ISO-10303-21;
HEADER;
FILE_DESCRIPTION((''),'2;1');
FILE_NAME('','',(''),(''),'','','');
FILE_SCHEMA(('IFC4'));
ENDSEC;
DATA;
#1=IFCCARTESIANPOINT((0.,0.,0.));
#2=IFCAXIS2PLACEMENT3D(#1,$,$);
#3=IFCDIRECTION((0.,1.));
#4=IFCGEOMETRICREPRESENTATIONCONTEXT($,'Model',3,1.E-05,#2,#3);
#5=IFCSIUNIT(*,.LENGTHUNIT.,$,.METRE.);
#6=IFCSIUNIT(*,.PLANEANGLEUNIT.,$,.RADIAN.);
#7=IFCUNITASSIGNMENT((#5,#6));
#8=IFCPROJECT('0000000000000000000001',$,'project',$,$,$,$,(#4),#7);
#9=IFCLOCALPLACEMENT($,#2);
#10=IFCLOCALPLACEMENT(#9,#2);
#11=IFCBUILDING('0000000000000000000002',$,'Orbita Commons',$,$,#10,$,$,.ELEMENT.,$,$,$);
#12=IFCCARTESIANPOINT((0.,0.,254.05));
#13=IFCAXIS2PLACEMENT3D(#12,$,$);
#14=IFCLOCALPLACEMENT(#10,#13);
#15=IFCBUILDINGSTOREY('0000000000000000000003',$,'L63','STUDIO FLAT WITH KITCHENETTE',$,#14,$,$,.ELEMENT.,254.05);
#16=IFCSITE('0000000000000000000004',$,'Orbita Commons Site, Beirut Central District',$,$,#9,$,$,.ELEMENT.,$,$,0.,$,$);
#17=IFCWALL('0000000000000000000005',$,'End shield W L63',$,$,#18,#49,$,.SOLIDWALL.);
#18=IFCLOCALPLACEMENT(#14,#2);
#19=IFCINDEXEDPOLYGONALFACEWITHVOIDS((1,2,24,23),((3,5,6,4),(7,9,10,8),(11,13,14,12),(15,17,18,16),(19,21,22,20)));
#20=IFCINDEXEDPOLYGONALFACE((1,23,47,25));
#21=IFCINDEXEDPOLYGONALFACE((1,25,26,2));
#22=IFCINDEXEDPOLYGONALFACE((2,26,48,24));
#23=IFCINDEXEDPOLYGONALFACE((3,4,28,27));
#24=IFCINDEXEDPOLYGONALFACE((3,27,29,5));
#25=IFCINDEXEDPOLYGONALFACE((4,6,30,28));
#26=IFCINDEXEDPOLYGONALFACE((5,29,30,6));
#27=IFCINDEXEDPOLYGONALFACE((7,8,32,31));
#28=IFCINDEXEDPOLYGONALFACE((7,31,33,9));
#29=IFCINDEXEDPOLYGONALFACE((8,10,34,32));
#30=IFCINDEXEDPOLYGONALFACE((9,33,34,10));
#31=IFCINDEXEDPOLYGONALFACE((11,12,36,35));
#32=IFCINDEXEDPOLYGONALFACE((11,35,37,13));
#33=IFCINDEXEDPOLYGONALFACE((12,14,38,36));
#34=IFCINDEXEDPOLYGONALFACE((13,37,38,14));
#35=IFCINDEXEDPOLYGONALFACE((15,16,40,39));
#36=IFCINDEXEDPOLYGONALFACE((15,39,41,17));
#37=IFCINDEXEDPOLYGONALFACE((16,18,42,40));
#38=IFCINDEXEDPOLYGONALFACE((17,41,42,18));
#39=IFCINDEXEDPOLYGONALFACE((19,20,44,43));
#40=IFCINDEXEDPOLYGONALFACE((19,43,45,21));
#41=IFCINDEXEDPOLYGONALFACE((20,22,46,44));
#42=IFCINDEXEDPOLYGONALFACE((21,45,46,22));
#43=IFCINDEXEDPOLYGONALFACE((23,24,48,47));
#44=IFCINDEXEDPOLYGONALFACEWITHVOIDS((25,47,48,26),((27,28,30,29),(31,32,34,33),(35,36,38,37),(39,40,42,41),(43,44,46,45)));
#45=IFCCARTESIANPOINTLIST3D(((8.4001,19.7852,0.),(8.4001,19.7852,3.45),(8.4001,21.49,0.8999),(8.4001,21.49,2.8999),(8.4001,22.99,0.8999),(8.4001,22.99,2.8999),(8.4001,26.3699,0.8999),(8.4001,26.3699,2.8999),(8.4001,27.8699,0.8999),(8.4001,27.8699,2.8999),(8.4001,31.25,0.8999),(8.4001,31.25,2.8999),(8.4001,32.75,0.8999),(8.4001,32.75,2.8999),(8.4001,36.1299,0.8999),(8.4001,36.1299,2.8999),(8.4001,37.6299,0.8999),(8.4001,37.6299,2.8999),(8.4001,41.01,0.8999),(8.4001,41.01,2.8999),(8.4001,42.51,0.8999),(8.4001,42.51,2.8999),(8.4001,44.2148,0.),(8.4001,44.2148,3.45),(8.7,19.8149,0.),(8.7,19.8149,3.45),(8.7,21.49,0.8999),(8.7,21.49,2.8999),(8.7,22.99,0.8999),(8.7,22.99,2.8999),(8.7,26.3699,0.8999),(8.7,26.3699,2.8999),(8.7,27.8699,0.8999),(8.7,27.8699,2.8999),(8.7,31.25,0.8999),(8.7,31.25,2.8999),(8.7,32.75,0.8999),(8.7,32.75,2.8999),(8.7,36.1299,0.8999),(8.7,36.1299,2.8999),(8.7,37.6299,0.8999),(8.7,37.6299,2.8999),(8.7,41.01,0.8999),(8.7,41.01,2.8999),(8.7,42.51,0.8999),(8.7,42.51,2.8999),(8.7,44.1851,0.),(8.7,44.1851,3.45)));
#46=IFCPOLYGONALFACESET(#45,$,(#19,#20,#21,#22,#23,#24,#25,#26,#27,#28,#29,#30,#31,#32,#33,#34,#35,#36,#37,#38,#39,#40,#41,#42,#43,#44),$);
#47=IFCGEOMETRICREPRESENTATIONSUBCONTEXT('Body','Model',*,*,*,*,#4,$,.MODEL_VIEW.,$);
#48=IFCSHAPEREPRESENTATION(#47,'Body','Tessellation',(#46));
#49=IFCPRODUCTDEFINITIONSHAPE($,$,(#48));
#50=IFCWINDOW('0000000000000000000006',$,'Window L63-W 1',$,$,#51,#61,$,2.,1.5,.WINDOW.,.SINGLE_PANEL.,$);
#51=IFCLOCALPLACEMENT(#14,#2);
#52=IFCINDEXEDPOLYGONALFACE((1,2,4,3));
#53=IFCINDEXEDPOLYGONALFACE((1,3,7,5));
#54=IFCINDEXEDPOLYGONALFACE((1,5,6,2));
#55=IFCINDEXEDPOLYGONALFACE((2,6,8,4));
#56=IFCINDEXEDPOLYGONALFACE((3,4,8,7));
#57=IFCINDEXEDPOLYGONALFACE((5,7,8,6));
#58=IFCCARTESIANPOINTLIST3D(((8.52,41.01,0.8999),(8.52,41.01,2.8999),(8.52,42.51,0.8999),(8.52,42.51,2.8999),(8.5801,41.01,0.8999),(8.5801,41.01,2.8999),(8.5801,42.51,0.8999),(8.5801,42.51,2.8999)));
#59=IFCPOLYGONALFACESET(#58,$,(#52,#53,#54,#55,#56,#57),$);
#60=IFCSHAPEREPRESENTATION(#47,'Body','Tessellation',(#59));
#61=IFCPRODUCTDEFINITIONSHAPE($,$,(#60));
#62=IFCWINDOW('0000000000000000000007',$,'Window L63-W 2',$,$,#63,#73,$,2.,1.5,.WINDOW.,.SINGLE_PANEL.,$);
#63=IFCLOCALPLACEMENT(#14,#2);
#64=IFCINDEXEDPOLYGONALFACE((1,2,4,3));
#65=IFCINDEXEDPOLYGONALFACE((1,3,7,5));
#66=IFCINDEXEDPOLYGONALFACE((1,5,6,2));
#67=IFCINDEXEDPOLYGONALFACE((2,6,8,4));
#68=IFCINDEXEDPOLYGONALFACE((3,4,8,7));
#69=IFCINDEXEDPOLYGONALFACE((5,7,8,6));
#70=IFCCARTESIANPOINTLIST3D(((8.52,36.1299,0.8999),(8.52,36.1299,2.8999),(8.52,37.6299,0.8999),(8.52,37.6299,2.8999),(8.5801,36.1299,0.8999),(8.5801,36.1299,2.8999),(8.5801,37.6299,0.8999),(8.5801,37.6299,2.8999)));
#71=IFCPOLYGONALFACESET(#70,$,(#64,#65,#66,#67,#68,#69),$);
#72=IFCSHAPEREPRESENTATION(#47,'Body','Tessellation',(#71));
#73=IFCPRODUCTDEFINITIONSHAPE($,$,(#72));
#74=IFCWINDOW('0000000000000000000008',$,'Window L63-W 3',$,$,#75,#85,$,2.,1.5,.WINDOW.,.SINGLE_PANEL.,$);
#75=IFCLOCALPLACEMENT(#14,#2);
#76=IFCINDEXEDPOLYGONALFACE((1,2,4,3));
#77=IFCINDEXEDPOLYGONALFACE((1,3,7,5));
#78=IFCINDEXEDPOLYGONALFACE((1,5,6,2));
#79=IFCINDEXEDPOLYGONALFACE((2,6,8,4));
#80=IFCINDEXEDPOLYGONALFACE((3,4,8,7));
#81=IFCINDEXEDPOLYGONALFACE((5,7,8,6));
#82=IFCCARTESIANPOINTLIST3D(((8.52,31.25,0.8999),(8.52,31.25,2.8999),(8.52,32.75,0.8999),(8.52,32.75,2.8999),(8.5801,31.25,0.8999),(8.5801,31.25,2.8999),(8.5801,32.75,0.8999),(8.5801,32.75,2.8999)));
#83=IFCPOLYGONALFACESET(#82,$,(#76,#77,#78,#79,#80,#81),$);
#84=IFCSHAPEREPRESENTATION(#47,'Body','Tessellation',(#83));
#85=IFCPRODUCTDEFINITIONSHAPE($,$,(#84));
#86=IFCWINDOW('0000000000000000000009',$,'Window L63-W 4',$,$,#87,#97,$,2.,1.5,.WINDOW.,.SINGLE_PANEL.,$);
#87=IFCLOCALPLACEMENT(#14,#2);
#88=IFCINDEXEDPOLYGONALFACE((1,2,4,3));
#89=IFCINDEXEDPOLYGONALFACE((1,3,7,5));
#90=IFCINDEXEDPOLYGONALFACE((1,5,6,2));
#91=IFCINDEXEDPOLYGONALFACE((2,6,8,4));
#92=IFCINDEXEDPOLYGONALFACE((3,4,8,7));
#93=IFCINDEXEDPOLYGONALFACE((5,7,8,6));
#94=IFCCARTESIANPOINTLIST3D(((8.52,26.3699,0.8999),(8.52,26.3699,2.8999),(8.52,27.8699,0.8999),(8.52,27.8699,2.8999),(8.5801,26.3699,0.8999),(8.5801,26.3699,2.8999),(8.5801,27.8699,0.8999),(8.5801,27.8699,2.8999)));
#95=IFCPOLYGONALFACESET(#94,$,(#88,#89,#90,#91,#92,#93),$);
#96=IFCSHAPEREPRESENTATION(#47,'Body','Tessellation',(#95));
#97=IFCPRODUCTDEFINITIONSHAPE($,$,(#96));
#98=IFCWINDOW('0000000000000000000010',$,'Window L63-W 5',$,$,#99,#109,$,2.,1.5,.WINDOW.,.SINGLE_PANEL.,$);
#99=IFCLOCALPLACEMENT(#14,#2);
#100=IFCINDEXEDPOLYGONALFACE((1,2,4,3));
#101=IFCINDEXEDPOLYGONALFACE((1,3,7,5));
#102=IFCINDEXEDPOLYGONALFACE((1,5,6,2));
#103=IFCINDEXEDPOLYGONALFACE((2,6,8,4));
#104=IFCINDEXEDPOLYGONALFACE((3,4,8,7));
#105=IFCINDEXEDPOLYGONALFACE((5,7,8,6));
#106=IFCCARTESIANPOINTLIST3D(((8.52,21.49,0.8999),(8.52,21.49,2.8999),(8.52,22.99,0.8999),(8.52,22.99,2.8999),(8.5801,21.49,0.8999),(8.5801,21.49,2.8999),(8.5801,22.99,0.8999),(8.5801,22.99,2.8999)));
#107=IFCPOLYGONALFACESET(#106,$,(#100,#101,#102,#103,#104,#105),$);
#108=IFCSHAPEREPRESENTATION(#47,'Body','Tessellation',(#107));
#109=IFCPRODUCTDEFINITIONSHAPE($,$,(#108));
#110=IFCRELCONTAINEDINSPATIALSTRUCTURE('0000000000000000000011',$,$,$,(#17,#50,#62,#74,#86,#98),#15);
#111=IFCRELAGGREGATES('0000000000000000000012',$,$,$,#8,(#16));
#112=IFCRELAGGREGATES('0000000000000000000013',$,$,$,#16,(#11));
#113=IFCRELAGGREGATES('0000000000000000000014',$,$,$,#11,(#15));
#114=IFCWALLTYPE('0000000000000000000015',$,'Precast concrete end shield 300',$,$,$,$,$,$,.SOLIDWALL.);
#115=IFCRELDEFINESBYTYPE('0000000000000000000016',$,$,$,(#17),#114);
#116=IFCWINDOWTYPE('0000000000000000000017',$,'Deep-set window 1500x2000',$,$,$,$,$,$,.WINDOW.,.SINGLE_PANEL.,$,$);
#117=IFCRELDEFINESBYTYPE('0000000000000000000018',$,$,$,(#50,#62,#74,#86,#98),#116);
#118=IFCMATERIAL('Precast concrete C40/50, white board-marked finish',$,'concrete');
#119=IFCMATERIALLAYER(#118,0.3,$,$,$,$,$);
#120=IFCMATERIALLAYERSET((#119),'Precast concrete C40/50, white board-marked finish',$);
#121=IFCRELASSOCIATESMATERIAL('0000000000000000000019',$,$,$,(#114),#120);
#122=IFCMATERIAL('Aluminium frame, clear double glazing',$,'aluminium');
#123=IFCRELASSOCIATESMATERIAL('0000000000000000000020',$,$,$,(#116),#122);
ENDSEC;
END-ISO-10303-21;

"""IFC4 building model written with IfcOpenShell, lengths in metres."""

from ifc_helpers import new_model, si_unit, direction, frame, frame_2d, origin, place, context, subcontext, project, spatial, polyline, rectangle, outline, extrude, material, layer, layer_set, type_object, element, fill, save


model = new_model("IFC4")

# Units and contexts
model_context = context("Model", 3, precision=1e-05, world=origin(), true_north=direction((0.0, 1.0)))
body_context = subcontext(model_context, "Body", "Model", "MODEL_VIEW")
ifc_project = project(units=[si_unit("LENGTHUNIT", "METRE"), si_unit("PLANEANGLEUNIT", "RADIAN")], contexts=[model_context])

# Site, building, storey
site_placement = place(None, origin())
site = spatial("IfcSite", under=ifc_project, at=site_placement, Name="Orbita Commons Site, Beirut Central District", CompositionType="ELEMENT", RefElevation=0.0)
building_placement = place(site_placement, origin())
building = spatial("IfcBuilding", under=site, at=building_placement, Name="Orbita Commons", CompositionType="ELEMENT")
storey_placement = place(building_placement, frame((0.0, 0.0, 254.05)))
storey = spatial("IfcBuildingStorey", under=building, at=storey_placement, Name="L63", Description="STUDIO FLAT WITH KITCHENETTE", CompositionType="ELEMENT", Elevation=254.05)

# Wall, openings, windows
ifc_material_1 = material(Name="Precast concrete C40/50, white board-marked finish", Category="concrete")
ifc_layer_1 = layer(ifc_material_1, 0.3)
ifc_layer_set_1 = layer_set([ifc_layer_1], Name="Precast concrete C40/50, white board-marked finish")
wall_type_1 = type_object("IfcWallType", Name="Precast concrete end shield 300", PredefinedType="SOLIDWALL", material=ifc_layer_set_1)
wall_1_placement = place(storey_placement, frame((8.55, 44.2, 0.0), z_axis=(0.0, 0.0, 1.0), x_axis=(0.0, -1.0, 0.0)))
wall_1 = element("IfcWall", 1, at=wall_1_placement, inside=storey, type_object=wall_type_1, Name="End shield W L63", PredefinedType="SOLIDWALL", context=body_context, shape_type="SweptSolid", body=[
    extrude(outline(polyline([(-0.0149, -0.1499), (24.4148, -0.1499), (24.385, 0.1499), (0.0149, 0.1499), (-0.0149, -0.1499)])), origin(), (0.0, 0.0, 1.0), 3.45),
])
opening_1_placement = place(wall_1_placement, frame((1.6899, 0.0, 0.8999)))
opening_1 = element("IfcOpeningElement", 2, at=opening_1_placement, cuts=wall_1, PredefinedType="OPENING", context=body_context, shape_type="SweptSolid", body=[
    extrude(rectangle(XDim=1.5, YDim=2.0, at=frame_2d((0.75, 1.0))), frame((0.0, 0.1599, 0.0), z_axis=(0.0, -1.0, 0.0), x_axis=(1.0, 0.0, 0.0)), (0.0, 0.0, 1.0), 0.3201),
])
opening_2_placement = place(wall_1_placement, frame((6.5701, 0.0, 0.8999)))
opening_2 = element("IfcOpeningElement", 3, at=opening_2_placement, cuts=wall_1, PredefinedType="OPENING", context=body_context, shape_type="SweptSolid", body=[
    extrude(rectangle(XDim=1.5, YDim=2.0, at=frame_2d((0.75, 1.0))), frame((0.0, 0.1599, 0.0), z_axis=(0.0, -1.0, 0.0), x_axis=(1.0, 0.0, 0.0)), (0.0, 0.0, 1.0), 0.3201),
])
opening_3_placement = place(wall_1_placement, frame((11.45, 0.0, 0.8999)))
opening_3 = element("IfcOpeningElement", 4, at=opening_3_placement, cuts=wall_1, PredefinedType="OPENING", context=body_context, shape_type="SweptSolid", body=[
    extrude(rectangle(XDim=1.5, YDim=2.0, at=frame_2d((0.75, 1.0))), frame((0.0, 0.1599, 0.0), z_axis=(0.0, -1.0, 0.0), x_axis=(1.0, 0.0, 0.0)), (0.0, 0.0, 1.0), 0.3201),
])
opening_4_placement = place(wall_1_placement, frame((16.3301, 0.0, 0.8999)))
opening_4 = element("IfcOpeningElement", 5, at=opening_4_placement, cuts=wall_1, PredefinedType="OPENING", context=body_context, shape_type="SweptSolid", body=[
    extrude(rectangle(XDim=1.5, YDim=2.0, at=frame_2d((0.75, 1.0))), frame((0.0, 0.1599, 0.0), z_axis=(0.0, -1.0, 0.0), x_axis=(1.0, 0.0, 0.0)), (0.0, 0.0, 1.0), 0.3201),
])
opening_5_placement = place(wall_1_placement, frame((21.21, 0.0, 0.8999)))
opening_5 = element("IfcOpeningElement", 6, at=opening_5_placement, cuts=wall_1, PredefinedType="OPENING", context=body_context, shape_type="SweptSolid", body=[
    extrude(rectangle(XDim=1.5, YDim=2.0, at=frame_2d((0.75, 1.0))), frame((0.0, 0.1599, 0.0), z_axis=(0.0, -1.0, 0.0), x_axis=(1.0, 0.0, 0.0)), (0.0, 0.0, 1.0), 0.3201),
])
ifc_material_2 = material(Name="Aluminium frame, clear double glazing", Category="aluminium")
window_type = type_object("IfcWindowType", Name="Deep-set window 1500x2000", PartitioningType="SINGLE_PANEL", PredefinedType="WINDOW", material=ifc_material_2)
window_1_placement = place(opening_1_placement, origin())
window_1 = element("IfcWindow", 7, at=window_1_placement, inside=storey, type_object=window_type, Name="Window L63-W 1", OverallHeight=2.0, OverallWidth=1.5, PartitioningType="SINGLE_PANEL", PredefinedType="WINDOW", context=body_context, shape_type="SweptSolid", body=[
    extrude(rectangle(XDim=1.5, YDim=2.0, at=frame_2d((0.75, 1.0))), frame((0.0, 0.03, 0.0), z_axis=(0.0, -1.0, 0.0), x_axis=(1.0, 0.0, 0.0)), (0.0, 0.0, 1.0), 0.0601),
])
fill(opening_1, window_1)
window_2_placement = place(opening_2_placement, origin())
window_2 = element("IfcWindow", 8, at=window_2_placement, inside=storey, type_object=window_type, Name="Window L63-W 2", OverallHeight=2.0, OverallWidth=1.5, PartitioningType="SINGLE_PANEL", PredefinedType="WINDOW", context=body_context, shape_type="SweptSolid", body=[
    extrude(rectangle(XDim=1.5, YDim=2.0, at=frame_2d((0.75, 1.0))), frame((0.0, 0.03, 0.0), z_axis=(0.0, -1.0, 0.0), x_axis=(1.0, 0.0, 0.0)), (0.0, 0.0, 1.0), 0.0601),
])
fill(opening_2, window_2)
window_3_placement = place(opening_3_placement, origin())
window_3 = element("IfcWindow", 9, at=window_3_placement, inside=storey, type_object=window_type, Name="Window L63-W 3", OverallHeight=2.0, OverallWidth=1.5, PartitioningType="SINGLE_PANEL", PredefinedType="WINDOW", context=body_context, shape_type="SweptSolid", body=[
    extrude(rectangle(XDim=1.5, YDim=2.0, at=frame_2d((0.75, 1.0))), frame((0.0, 0.03, 0.0), z_axis=(0.0, -1.0, 0.0), x_axis=(1.0, 0.0, 0.0)), (0.0, 0.0, 1.0), 0.0601),
])
fill(opening_3, window_3)
window_4_placement = place(opening_4_placement, origin())
window_4 = element("IfcWindow", 10, at=window_4_placement, inside=storey, type_object=window_type, Name="Window L63-W 4", OverallHeight=2.0, OverallWidth=1.5, PartitioningType="SINGLE_PANEL", PredefinedType="WINDOW", context=body_context, shape_type="SweptSolid", body=[
    extrude(rectangle(XDim=1.5, YDim=2.0, at=frame_2d((0.75, 1.0))), frame((0.0, 0.03, 0.0), z_axis=(0.0, -1.0, 0.0), x_axis=(1.0, 0.0, 0.0)), (0.0, 0.0, 1.0), 0.0601),
])
fill(opening_4, window_4)
window_5_placement = place(opening_5_placement, origin())
window_5 = element("IfcWindow", 11, at=window_5_placement, inside=storey, type_object=window_type, Name="Window L63-W 5", OverallHeight=2.0, OverallWidth=1.5, PartitioningType="SINGLE_PANEL", PredefinedType="WINDOW", context=body_context, shape_type="SweptSolid", body=[
    extrude(rectangle(XDim=1.5, YDim=2.0, at=frame_2d((0.75, 1.0))), frame((0.0, 0.03, 0.0), z_axis=(0.0, -1.0, 0.0), x_axis=(1.0, 0.0, 0.0)), (0.0, 0.0, 1.0), 0.0601),
])
fill(opening_5, window_5)

save(model, "model.ifc")
